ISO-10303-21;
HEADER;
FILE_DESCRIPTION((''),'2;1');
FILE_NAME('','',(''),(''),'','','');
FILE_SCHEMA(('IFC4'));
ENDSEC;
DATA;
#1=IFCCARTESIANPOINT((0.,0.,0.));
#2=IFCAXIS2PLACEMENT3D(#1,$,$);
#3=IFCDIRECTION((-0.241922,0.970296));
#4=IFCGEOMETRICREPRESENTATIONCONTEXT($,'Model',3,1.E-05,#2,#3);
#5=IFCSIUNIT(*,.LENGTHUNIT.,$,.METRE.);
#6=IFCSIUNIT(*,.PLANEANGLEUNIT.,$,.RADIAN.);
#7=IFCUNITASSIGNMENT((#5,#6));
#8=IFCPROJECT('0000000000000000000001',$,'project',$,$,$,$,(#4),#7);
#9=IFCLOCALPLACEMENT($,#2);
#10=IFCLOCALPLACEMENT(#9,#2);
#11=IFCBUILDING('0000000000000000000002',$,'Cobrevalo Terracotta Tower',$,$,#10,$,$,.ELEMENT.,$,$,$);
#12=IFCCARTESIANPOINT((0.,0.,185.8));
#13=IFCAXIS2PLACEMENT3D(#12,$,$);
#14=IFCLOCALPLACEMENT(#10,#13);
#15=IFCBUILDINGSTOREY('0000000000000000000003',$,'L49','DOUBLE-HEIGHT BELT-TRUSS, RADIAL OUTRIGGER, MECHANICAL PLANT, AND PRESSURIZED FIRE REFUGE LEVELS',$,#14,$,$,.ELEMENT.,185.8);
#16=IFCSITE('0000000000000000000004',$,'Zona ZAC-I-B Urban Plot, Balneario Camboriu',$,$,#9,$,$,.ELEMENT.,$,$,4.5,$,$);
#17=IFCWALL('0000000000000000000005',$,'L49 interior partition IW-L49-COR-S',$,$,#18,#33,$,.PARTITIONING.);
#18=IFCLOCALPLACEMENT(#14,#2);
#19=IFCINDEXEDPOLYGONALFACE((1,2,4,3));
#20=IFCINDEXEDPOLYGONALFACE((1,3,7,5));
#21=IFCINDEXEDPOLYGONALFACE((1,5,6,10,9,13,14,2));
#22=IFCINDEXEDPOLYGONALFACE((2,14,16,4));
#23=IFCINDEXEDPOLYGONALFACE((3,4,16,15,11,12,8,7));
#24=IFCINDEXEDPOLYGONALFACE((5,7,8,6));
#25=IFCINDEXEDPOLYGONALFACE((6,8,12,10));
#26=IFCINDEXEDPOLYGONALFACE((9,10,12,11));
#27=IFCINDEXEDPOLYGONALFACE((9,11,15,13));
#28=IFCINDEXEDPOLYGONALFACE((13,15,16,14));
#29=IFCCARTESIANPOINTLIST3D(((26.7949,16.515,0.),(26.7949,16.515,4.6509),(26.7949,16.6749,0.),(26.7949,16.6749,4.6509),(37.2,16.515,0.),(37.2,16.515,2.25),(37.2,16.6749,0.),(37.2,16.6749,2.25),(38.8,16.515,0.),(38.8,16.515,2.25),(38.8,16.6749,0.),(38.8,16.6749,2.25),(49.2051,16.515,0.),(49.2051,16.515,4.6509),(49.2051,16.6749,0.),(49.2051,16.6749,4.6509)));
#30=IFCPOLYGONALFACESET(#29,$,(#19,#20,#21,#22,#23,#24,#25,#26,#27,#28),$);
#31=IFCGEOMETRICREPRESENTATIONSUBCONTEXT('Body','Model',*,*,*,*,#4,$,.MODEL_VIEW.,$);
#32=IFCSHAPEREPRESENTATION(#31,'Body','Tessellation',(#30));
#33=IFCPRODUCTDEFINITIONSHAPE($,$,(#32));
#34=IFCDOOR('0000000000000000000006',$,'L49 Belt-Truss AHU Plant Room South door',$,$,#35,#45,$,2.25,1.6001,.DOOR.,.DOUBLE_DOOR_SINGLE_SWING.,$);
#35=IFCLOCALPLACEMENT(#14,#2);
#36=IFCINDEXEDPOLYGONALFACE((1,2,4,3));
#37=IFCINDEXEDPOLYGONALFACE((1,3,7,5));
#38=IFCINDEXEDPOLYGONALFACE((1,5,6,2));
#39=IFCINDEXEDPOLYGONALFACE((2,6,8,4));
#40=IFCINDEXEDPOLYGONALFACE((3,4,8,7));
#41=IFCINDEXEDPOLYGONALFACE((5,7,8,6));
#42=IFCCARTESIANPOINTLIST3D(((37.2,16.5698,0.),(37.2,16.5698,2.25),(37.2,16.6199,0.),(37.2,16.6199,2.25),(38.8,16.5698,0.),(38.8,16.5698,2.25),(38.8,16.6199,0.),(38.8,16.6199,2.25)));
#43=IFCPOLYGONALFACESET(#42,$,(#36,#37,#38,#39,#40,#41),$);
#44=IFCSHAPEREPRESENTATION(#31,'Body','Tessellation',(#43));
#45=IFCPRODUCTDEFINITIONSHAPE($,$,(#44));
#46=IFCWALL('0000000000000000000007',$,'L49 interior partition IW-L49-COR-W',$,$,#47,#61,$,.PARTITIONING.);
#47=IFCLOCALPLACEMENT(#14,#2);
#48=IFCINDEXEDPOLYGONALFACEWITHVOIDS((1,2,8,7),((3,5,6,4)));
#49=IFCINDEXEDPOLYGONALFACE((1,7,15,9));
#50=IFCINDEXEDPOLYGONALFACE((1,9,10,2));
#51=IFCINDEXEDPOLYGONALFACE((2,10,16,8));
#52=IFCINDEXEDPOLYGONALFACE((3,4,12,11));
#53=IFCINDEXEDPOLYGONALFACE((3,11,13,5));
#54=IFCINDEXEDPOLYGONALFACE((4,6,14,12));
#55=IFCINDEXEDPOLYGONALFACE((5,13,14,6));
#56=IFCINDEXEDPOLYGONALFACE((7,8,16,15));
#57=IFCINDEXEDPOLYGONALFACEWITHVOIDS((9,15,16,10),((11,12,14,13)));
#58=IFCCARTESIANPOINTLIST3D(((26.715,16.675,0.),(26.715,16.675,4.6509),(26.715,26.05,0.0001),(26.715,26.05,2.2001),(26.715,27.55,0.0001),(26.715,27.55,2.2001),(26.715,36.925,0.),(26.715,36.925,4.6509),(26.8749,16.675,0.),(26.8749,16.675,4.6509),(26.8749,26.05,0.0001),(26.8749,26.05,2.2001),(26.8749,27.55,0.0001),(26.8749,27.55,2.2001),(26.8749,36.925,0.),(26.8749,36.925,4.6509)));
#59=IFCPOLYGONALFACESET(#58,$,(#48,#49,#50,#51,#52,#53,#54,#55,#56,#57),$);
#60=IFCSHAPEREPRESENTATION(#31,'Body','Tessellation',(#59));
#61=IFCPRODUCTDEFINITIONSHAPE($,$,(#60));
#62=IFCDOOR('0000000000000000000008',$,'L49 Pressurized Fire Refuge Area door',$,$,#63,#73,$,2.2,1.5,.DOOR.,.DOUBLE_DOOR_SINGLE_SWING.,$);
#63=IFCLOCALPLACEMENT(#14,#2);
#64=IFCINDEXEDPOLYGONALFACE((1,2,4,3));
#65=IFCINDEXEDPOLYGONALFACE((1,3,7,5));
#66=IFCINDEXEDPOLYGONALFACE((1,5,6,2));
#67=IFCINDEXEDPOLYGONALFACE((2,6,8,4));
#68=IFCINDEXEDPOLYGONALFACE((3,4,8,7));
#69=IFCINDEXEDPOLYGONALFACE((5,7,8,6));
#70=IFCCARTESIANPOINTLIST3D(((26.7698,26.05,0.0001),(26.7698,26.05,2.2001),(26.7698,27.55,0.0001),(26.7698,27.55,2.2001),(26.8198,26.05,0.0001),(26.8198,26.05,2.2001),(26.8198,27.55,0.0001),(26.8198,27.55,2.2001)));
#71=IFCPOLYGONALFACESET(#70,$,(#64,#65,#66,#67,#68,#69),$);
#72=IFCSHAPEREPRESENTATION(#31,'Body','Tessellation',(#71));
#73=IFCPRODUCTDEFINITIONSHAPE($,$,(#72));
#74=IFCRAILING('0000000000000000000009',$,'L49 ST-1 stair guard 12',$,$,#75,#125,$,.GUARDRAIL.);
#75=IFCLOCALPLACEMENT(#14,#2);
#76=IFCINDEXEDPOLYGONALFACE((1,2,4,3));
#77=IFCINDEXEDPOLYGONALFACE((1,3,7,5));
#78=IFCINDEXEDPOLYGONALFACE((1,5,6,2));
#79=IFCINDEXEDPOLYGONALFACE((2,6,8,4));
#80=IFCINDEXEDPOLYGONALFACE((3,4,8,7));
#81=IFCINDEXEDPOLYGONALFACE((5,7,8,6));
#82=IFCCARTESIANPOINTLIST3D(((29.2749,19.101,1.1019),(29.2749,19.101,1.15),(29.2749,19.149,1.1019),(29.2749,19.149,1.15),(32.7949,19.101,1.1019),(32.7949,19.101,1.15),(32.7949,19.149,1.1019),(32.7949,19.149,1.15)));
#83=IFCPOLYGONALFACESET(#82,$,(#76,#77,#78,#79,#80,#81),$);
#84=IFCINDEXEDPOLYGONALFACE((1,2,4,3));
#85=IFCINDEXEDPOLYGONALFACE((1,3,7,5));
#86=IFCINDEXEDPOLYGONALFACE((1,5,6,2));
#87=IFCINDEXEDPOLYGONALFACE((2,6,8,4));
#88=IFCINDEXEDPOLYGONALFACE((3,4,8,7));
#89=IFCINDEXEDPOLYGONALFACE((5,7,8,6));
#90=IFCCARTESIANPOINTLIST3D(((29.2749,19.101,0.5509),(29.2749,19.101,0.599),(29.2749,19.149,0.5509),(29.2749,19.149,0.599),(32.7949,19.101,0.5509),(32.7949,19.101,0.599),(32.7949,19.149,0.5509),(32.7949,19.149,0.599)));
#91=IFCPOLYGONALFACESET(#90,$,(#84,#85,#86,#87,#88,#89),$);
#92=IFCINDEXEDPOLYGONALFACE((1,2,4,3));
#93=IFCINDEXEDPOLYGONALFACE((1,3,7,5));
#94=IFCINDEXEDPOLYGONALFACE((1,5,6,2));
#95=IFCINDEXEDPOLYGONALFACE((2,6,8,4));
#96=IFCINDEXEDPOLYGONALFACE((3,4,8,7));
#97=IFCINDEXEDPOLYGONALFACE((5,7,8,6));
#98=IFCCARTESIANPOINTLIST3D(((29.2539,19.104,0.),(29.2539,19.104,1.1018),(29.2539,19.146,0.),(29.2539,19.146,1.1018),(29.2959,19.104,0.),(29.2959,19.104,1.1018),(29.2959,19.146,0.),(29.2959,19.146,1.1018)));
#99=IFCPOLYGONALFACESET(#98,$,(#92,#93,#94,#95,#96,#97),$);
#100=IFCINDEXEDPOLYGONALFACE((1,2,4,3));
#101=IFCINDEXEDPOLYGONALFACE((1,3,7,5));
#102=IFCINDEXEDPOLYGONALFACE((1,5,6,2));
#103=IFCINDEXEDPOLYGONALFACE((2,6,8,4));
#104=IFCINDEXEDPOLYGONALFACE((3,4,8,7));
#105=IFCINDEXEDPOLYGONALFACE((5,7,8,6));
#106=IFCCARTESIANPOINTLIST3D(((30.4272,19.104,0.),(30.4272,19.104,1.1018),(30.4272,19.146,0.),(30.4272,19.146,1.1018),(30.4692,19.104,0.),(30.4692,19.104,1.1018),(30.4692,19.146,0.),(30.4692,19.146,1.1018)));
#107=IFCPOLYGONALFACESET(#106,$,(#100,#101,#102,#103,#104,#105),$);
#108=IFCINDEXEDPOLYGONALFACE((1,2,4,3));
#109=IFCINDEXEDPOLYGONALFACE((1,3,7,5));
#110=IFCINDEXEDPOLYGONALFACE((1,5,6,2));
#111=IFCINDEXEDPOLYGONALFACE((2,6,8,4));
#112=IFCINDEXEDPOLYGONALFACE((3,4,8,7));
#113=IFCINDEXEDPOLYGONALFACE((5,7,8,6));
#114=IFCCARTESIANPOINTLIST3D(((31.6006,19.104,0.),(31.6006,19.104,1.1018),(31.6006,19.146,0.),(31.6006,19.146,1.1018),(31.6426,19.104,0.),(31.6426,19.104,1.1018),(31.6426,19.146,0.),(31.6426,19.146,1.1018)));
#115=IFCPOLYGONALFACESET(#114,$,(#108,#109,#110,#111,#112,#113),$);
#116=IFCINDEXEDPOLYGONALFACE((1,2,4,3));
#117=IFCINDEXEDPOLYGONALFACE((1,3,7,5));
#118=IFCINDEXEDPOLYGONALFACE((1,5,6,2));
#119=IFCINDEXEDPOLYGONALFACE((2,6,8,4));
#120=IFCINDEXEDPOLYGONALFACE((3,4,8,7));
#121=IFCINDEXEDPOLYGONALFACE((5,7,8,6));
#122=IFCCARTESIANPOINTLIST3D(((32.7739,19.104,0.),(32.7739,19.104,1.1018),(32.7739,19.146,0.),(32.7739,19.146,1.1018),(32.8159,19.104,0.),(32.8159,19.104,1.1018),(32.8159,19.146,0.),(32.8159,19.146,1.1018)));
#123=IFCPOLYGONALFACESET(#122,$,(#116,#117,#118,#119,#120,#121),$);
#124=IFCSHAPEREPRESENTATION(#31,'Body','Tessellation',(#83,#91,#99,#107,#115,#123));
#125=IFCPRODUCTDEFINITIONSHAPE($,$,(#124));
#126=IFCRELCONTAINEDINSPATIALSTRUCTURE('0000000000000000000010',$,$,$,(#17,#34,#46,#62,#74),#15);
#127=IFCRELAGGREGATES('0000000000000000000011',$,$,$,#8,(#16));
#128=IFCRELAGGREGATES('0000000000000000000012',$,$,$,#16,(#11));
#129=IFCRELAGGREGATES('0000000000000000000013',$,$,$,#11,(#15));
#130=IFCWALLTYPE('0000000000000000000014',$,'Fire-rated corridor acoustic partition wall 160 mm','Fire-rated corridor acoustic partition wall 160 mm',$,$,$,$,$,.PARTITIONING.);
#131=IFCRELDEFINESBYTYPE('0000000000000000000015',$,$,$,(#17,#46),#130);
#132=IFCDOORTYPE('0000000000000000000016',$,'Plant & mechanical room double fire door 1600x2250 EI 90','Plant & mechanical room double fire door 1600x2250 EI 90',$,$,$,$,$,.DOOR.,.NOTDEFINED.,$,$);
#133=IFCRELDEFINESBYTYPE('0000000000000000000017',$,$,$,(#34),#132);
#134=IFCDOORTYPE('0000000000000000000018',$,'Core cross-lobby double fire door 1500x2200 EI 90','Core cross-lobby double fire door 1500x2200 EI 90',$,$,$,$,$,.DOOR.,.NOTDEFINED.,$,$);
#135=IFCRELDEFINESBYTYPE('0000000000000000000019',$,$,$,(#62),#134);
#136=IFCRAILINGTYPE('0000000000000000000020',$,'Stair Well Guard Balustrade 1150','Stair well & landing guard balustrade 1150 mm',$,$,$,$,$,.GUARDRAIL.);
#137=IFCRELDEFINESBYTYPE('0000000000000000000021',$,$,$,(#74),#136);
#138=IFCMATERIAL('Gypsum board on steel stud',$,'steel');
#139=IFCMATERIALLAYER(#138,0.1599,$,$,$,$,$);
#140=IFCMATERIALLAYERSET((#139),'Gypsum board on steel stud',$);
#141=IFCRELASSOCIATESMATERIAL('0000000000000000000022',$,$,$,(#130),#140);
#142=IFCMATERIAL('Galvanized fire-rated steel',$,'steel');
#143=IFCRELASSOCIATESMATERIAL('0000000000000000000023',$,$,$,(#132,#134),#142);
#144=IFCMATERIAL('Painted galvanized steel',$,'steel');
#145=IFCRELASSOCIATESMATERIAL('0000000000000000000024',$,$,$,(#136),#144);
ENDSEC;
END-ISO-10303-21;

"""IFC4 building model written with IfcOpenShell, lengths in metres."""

from ifc_helpers import new_model, si_unit, direction, frame, frame_2d, origin, origin_2d, place, context, subcontext, project, spatial, rectangle, extrude, source, transform, mapped, material, layer, layer_set, type_object, element, fill, save


model = new_model("IFC4")

# Units and contexts
model_context = context("Model", 3, precision=1e-05, world=origin(), true_north=direction((-0.241922, 0.970296)))
body_context = subcontext(model_context, "Body", "Model", "MODEL_VIEW")
ifc_project = project(units=[si_unit("LENGTHUNIT", "METRE"), si_unit("PLANEANGLEUNIT", "RADIAN")], contexts=[model_context])

# Site, building, storey
site_placement = place(None, origin())
site = spatial("IfcSite", under=ifc_project, at=site_placement, Name="Zona ZAC-I-B Urban Plot, Balneario Camboriu", CompositionType="ELEMENT", RefElevation=4.5)
building_placement = place(site_placement, origin())
building = spatial("IfcBuilding", under=site, at=building_placement, Name="Cobrevalo Terracotta Tower", CompositionType="ELEMENT")
storey_placement = place(building_placement, frame((0.0, 0.0, 185.8)))
storey = spatial("IfcBuildingStorey", under=building, at=storey_placement, Name="L49", Description="DOUBLE-HEIGHT BELT-TRUSS, RADIAL OUTRIGGER, MECHANICAL PLANT, AND PRESSURIZED FIRE REFUGE LEVELS", CompositionType="ELEMENT", Elevation=185.8)

# Walls, openings, doors
ifc_material_1 = material(Name="Gypsum board on steel stud", Category="steel")
ifc_layer_1 = layer(ifc_material_1, 0.1599)
ifc_layer_set_1 = layer_set([ifc_layer_1], Name="Gypsum board on steel stud")
wall_type_1 = type_object("IfcWallType", Name="Fire-rated corridor acoustic partition wall 160 mm", Description="Fire-rated corridor acoustic partition wall 160 mm", PredefinedType="PARTITIONING", material=ifc_layer_set_1)
wall_1_placement = place(storey_placement, frame((26.7949, 16.595, 0.0), z_axis=(0.0, 0.0, 1.0), x_axis=(1.0, 0.0, 0.0)))
wall_1 = element("IfcWall", 1, at=wall_1_placement, inside=storey, type_object=wall_type_1, Name="L49 interior partition IW-L49-COR-S", PredefinedType="PARTITIONING", context=body_context, shape_type="SweptSolid", body=[
    extrude(rectangle(XDim=22.4102, YDim=0.1599, at=frame_2d((11.2051, 0.0))), origin(), (0.0, 0.0, 1.0), 4.6509),
])
opening_1_placement = place(wall_1_placement, frame((10.405, 0.0, 0.0)))
opening_1 = element("IfcOpeningElement", 2, at=opening_1_placement, cuts=wall_1, PredefinedType="OPENING", context=body_context, shape_type="SweptSolid", body=[
    extrude(rectangle(XDim=1.6001, YDim=2.25, at=frame_2d((0.8, 1.125))), frame((0.0, 0.0898, 0.0), z_axis=(0.0, -1.0, 0.0), x_axis=(1.0, 0.0, 0.0)), (0.0, 0.0, 1.0), 0.1799),
])
ifc_material_2 = material(Name="Galvanized fire-rated steel", Category="steel")
door_type_1 = type_object("IfcDoorType", Name="Plant & mechanical room double fire door 1600x2250 EI 90", Description="Plant & mechanical room double fire door 1600x2250 EI 90", OperationType="NOTDEFINED", PredefinedType="DOOR", material=ifc_material_2)
shared_shape_1 = source(origin(), body_context, "Body", "SweptSolid", [
    extrude(rectangle(XDim=1.6001, YDim=2.25, at=frame_2d((0.8, 1.125))), frame((0.0, 0.0249, 0.0), z_axis=(0.0, -1.0, 0.0), x_axis=(1.0, 0.0, 0.0)), (0.0, 0.0, 1.0), 0.05),
])
door_1_placement = place(opening_1_placement, origin())
door_1 = element("IfcDoor", 3, at=door_1_placement, inside=storey, type_object=door_type_1, Name="L49 Belt-Truss AHU Plant Room South door", OperationType="DOUBLE_DOOR_SINGLE_SWING", OverallHeight=2.25, OverallWidth=1.6001, PredefinedType="DOOR", context=body_context, shape_type="MappedRepresentation", body=[
    mapped(shared_shape_1, transform((0.0, 0.0, 0.0), scale=1.0)),
])
fill(opening_1, door_1)
wall_2_placement = place(storey_placement, frame((26.7949, 16.675, 0.0), z_axis=(0.0, 0.0, 1.0), x_axis=(0.0, 1.0, 0.0)))
wall_2 = element("IfcWall", 4, at=wall_2_placement, inside=storey, type_object=wall_type_1, Name="L49 interior partition IW-L49-COR-W", PredefinedType="PARTITIONING", context=body_context, shape_type="SweptSolid", body=[
    extrude(rectangle(XDim=20.25, YDim=0.1599, at=frame_2d((10.125, 0.0))), origin(), (0.0, 0.0, 1.0), 4.6509),
])
opening_2_placement = place(wall_2_placement, frame((9.375, 0.0, 0.0)))
opening_2 = element("IfcOpeningElement", 5, at=opening_2_placement, cuts=wall_2, PredefinedType="OPENING", context=body_context, shape_type="SweptSolid", body=[
    extrude(rectangle(XDim=1.5, YDim=2.2, at=frame_2d((0.75, 1.1001))), frame((0.0, 0.0898, 0.0), z_axis=(0.0, -1.0, 0.0), x_axis=(1.0, 0.0, 0.0)), (0.0, 0.0, 1.0), 0.1799),
])
door_type_2 = type_object("IfcDoorType", Name="Core cross-lobby double fire door 1500x2200 EI 90", Description="Core cross-lobby double fire door 1500x2200 EI 90", OperationType="NOTDEFINED", PredefinedType="DOOR", material=ifc_material_2)
shared_shape_2 = source(origin(), body_context, "Body", "SweptSolid", [
    extrude(rectangle(XDim=1.5, YDim=2.2, at=frame_2d((0.75, 1.1001))), frame((0.0, 0.0249, 0.0), z_axis=(0.0, -1.0, 0.0), x_axis=(1.0, 0.0, 0.0)), (0.0, 0.0, 1.0), 0.05),
])
door_2_placement = place(opening_2_placement, frame((1.5, 0.0, 0.0), z_axis=(0.0, 0.0, 1.0), x_axis=(-1.0, 0.0, 0.0)))
door_2 = element("IfcDoor", 6, at=door_2_placement, inside=storey, type_object=door_type_2, Name="L49 Pressurized Fire Refuge Area door", OperationType="DOUBLE_DOOR_SINGLE_SWING", OverallHeight=2.2, OverallWidth=1.5, PredefinedType="DOOR", context=body_context, shape_type="MappedRepresentation", body=[
    mapped(shared_shape_2, transform((0.0, 0.0, 0.0), scale=1.0)),
])
fill(opening_2, door_2)

# Railing
ifc_material_3 = material(Name="Painted galvanized steel", Category="steel")
railing_type = type_object("IfcRailingType", Name="Stair Well Guard Balustrade 1150", Description="Stair well & landing guard balustrade 1150 mm", PredefinedType="GUARDRAIL", material=ifc_material_3)
railing_placement = place(storey_placement, frame((29.2749, 19.125, 0.0)))
element("IfcRailing", 7, at=railing_placement, inside=storey, type_object=railing_type, Name="L49 ST-1 stair guard 12", PredefinedType="GUARDRAIL", context=body_context, shape_type="SweptSolid", body=[
    extrude(rectangle(XDim=0.0481, YDim=0.0481, at=origin_2d()), frame((0.0, 0.0, 1.126), z_axis=(1.0, 0.0, 0.0), x_axis=(0.0, 1.0, 0.0)), (0.0, 0.0, 1.0), 3.52),
    extrude(rectangle(XDim=0.0481, YDim=0.0481, at=origin_2d()), frame((0.0, 0.0, 0.575), z_axis=(1.0, 0.0, 0.0), x_axis=(0.0, 1.0, 0.0)), (0.0, 0.0, 1.0), 3.52),
    extrude(rectangle(XDim=0.042, YDim=0.042, at=origin_2d()), origin(), (0.0, 0.0, 1.0), 1.1018),
    extrude(rectangle(XDim=0.042, YDim=0.042, at=origin_2d()), frame((1.1733, 0.0, 0.0)), (0.0, 0.0, 1.0), 1.1018),
    extrude(rectangle(XDim=0.042, YDim=0.042, at=origin_2d()), frame((2.3467, 0.0, 0.0)), (0.0, 0.0, 1.0), 1.1018),
    extrude(rectangle(XDim=0.042, YDim=0.042, at=origin_2d()), frame((3.52, 0.0, 0.0)), (0.0, 0.0, 1.0), 1.1018),
])

save(model, "model.ifc")
